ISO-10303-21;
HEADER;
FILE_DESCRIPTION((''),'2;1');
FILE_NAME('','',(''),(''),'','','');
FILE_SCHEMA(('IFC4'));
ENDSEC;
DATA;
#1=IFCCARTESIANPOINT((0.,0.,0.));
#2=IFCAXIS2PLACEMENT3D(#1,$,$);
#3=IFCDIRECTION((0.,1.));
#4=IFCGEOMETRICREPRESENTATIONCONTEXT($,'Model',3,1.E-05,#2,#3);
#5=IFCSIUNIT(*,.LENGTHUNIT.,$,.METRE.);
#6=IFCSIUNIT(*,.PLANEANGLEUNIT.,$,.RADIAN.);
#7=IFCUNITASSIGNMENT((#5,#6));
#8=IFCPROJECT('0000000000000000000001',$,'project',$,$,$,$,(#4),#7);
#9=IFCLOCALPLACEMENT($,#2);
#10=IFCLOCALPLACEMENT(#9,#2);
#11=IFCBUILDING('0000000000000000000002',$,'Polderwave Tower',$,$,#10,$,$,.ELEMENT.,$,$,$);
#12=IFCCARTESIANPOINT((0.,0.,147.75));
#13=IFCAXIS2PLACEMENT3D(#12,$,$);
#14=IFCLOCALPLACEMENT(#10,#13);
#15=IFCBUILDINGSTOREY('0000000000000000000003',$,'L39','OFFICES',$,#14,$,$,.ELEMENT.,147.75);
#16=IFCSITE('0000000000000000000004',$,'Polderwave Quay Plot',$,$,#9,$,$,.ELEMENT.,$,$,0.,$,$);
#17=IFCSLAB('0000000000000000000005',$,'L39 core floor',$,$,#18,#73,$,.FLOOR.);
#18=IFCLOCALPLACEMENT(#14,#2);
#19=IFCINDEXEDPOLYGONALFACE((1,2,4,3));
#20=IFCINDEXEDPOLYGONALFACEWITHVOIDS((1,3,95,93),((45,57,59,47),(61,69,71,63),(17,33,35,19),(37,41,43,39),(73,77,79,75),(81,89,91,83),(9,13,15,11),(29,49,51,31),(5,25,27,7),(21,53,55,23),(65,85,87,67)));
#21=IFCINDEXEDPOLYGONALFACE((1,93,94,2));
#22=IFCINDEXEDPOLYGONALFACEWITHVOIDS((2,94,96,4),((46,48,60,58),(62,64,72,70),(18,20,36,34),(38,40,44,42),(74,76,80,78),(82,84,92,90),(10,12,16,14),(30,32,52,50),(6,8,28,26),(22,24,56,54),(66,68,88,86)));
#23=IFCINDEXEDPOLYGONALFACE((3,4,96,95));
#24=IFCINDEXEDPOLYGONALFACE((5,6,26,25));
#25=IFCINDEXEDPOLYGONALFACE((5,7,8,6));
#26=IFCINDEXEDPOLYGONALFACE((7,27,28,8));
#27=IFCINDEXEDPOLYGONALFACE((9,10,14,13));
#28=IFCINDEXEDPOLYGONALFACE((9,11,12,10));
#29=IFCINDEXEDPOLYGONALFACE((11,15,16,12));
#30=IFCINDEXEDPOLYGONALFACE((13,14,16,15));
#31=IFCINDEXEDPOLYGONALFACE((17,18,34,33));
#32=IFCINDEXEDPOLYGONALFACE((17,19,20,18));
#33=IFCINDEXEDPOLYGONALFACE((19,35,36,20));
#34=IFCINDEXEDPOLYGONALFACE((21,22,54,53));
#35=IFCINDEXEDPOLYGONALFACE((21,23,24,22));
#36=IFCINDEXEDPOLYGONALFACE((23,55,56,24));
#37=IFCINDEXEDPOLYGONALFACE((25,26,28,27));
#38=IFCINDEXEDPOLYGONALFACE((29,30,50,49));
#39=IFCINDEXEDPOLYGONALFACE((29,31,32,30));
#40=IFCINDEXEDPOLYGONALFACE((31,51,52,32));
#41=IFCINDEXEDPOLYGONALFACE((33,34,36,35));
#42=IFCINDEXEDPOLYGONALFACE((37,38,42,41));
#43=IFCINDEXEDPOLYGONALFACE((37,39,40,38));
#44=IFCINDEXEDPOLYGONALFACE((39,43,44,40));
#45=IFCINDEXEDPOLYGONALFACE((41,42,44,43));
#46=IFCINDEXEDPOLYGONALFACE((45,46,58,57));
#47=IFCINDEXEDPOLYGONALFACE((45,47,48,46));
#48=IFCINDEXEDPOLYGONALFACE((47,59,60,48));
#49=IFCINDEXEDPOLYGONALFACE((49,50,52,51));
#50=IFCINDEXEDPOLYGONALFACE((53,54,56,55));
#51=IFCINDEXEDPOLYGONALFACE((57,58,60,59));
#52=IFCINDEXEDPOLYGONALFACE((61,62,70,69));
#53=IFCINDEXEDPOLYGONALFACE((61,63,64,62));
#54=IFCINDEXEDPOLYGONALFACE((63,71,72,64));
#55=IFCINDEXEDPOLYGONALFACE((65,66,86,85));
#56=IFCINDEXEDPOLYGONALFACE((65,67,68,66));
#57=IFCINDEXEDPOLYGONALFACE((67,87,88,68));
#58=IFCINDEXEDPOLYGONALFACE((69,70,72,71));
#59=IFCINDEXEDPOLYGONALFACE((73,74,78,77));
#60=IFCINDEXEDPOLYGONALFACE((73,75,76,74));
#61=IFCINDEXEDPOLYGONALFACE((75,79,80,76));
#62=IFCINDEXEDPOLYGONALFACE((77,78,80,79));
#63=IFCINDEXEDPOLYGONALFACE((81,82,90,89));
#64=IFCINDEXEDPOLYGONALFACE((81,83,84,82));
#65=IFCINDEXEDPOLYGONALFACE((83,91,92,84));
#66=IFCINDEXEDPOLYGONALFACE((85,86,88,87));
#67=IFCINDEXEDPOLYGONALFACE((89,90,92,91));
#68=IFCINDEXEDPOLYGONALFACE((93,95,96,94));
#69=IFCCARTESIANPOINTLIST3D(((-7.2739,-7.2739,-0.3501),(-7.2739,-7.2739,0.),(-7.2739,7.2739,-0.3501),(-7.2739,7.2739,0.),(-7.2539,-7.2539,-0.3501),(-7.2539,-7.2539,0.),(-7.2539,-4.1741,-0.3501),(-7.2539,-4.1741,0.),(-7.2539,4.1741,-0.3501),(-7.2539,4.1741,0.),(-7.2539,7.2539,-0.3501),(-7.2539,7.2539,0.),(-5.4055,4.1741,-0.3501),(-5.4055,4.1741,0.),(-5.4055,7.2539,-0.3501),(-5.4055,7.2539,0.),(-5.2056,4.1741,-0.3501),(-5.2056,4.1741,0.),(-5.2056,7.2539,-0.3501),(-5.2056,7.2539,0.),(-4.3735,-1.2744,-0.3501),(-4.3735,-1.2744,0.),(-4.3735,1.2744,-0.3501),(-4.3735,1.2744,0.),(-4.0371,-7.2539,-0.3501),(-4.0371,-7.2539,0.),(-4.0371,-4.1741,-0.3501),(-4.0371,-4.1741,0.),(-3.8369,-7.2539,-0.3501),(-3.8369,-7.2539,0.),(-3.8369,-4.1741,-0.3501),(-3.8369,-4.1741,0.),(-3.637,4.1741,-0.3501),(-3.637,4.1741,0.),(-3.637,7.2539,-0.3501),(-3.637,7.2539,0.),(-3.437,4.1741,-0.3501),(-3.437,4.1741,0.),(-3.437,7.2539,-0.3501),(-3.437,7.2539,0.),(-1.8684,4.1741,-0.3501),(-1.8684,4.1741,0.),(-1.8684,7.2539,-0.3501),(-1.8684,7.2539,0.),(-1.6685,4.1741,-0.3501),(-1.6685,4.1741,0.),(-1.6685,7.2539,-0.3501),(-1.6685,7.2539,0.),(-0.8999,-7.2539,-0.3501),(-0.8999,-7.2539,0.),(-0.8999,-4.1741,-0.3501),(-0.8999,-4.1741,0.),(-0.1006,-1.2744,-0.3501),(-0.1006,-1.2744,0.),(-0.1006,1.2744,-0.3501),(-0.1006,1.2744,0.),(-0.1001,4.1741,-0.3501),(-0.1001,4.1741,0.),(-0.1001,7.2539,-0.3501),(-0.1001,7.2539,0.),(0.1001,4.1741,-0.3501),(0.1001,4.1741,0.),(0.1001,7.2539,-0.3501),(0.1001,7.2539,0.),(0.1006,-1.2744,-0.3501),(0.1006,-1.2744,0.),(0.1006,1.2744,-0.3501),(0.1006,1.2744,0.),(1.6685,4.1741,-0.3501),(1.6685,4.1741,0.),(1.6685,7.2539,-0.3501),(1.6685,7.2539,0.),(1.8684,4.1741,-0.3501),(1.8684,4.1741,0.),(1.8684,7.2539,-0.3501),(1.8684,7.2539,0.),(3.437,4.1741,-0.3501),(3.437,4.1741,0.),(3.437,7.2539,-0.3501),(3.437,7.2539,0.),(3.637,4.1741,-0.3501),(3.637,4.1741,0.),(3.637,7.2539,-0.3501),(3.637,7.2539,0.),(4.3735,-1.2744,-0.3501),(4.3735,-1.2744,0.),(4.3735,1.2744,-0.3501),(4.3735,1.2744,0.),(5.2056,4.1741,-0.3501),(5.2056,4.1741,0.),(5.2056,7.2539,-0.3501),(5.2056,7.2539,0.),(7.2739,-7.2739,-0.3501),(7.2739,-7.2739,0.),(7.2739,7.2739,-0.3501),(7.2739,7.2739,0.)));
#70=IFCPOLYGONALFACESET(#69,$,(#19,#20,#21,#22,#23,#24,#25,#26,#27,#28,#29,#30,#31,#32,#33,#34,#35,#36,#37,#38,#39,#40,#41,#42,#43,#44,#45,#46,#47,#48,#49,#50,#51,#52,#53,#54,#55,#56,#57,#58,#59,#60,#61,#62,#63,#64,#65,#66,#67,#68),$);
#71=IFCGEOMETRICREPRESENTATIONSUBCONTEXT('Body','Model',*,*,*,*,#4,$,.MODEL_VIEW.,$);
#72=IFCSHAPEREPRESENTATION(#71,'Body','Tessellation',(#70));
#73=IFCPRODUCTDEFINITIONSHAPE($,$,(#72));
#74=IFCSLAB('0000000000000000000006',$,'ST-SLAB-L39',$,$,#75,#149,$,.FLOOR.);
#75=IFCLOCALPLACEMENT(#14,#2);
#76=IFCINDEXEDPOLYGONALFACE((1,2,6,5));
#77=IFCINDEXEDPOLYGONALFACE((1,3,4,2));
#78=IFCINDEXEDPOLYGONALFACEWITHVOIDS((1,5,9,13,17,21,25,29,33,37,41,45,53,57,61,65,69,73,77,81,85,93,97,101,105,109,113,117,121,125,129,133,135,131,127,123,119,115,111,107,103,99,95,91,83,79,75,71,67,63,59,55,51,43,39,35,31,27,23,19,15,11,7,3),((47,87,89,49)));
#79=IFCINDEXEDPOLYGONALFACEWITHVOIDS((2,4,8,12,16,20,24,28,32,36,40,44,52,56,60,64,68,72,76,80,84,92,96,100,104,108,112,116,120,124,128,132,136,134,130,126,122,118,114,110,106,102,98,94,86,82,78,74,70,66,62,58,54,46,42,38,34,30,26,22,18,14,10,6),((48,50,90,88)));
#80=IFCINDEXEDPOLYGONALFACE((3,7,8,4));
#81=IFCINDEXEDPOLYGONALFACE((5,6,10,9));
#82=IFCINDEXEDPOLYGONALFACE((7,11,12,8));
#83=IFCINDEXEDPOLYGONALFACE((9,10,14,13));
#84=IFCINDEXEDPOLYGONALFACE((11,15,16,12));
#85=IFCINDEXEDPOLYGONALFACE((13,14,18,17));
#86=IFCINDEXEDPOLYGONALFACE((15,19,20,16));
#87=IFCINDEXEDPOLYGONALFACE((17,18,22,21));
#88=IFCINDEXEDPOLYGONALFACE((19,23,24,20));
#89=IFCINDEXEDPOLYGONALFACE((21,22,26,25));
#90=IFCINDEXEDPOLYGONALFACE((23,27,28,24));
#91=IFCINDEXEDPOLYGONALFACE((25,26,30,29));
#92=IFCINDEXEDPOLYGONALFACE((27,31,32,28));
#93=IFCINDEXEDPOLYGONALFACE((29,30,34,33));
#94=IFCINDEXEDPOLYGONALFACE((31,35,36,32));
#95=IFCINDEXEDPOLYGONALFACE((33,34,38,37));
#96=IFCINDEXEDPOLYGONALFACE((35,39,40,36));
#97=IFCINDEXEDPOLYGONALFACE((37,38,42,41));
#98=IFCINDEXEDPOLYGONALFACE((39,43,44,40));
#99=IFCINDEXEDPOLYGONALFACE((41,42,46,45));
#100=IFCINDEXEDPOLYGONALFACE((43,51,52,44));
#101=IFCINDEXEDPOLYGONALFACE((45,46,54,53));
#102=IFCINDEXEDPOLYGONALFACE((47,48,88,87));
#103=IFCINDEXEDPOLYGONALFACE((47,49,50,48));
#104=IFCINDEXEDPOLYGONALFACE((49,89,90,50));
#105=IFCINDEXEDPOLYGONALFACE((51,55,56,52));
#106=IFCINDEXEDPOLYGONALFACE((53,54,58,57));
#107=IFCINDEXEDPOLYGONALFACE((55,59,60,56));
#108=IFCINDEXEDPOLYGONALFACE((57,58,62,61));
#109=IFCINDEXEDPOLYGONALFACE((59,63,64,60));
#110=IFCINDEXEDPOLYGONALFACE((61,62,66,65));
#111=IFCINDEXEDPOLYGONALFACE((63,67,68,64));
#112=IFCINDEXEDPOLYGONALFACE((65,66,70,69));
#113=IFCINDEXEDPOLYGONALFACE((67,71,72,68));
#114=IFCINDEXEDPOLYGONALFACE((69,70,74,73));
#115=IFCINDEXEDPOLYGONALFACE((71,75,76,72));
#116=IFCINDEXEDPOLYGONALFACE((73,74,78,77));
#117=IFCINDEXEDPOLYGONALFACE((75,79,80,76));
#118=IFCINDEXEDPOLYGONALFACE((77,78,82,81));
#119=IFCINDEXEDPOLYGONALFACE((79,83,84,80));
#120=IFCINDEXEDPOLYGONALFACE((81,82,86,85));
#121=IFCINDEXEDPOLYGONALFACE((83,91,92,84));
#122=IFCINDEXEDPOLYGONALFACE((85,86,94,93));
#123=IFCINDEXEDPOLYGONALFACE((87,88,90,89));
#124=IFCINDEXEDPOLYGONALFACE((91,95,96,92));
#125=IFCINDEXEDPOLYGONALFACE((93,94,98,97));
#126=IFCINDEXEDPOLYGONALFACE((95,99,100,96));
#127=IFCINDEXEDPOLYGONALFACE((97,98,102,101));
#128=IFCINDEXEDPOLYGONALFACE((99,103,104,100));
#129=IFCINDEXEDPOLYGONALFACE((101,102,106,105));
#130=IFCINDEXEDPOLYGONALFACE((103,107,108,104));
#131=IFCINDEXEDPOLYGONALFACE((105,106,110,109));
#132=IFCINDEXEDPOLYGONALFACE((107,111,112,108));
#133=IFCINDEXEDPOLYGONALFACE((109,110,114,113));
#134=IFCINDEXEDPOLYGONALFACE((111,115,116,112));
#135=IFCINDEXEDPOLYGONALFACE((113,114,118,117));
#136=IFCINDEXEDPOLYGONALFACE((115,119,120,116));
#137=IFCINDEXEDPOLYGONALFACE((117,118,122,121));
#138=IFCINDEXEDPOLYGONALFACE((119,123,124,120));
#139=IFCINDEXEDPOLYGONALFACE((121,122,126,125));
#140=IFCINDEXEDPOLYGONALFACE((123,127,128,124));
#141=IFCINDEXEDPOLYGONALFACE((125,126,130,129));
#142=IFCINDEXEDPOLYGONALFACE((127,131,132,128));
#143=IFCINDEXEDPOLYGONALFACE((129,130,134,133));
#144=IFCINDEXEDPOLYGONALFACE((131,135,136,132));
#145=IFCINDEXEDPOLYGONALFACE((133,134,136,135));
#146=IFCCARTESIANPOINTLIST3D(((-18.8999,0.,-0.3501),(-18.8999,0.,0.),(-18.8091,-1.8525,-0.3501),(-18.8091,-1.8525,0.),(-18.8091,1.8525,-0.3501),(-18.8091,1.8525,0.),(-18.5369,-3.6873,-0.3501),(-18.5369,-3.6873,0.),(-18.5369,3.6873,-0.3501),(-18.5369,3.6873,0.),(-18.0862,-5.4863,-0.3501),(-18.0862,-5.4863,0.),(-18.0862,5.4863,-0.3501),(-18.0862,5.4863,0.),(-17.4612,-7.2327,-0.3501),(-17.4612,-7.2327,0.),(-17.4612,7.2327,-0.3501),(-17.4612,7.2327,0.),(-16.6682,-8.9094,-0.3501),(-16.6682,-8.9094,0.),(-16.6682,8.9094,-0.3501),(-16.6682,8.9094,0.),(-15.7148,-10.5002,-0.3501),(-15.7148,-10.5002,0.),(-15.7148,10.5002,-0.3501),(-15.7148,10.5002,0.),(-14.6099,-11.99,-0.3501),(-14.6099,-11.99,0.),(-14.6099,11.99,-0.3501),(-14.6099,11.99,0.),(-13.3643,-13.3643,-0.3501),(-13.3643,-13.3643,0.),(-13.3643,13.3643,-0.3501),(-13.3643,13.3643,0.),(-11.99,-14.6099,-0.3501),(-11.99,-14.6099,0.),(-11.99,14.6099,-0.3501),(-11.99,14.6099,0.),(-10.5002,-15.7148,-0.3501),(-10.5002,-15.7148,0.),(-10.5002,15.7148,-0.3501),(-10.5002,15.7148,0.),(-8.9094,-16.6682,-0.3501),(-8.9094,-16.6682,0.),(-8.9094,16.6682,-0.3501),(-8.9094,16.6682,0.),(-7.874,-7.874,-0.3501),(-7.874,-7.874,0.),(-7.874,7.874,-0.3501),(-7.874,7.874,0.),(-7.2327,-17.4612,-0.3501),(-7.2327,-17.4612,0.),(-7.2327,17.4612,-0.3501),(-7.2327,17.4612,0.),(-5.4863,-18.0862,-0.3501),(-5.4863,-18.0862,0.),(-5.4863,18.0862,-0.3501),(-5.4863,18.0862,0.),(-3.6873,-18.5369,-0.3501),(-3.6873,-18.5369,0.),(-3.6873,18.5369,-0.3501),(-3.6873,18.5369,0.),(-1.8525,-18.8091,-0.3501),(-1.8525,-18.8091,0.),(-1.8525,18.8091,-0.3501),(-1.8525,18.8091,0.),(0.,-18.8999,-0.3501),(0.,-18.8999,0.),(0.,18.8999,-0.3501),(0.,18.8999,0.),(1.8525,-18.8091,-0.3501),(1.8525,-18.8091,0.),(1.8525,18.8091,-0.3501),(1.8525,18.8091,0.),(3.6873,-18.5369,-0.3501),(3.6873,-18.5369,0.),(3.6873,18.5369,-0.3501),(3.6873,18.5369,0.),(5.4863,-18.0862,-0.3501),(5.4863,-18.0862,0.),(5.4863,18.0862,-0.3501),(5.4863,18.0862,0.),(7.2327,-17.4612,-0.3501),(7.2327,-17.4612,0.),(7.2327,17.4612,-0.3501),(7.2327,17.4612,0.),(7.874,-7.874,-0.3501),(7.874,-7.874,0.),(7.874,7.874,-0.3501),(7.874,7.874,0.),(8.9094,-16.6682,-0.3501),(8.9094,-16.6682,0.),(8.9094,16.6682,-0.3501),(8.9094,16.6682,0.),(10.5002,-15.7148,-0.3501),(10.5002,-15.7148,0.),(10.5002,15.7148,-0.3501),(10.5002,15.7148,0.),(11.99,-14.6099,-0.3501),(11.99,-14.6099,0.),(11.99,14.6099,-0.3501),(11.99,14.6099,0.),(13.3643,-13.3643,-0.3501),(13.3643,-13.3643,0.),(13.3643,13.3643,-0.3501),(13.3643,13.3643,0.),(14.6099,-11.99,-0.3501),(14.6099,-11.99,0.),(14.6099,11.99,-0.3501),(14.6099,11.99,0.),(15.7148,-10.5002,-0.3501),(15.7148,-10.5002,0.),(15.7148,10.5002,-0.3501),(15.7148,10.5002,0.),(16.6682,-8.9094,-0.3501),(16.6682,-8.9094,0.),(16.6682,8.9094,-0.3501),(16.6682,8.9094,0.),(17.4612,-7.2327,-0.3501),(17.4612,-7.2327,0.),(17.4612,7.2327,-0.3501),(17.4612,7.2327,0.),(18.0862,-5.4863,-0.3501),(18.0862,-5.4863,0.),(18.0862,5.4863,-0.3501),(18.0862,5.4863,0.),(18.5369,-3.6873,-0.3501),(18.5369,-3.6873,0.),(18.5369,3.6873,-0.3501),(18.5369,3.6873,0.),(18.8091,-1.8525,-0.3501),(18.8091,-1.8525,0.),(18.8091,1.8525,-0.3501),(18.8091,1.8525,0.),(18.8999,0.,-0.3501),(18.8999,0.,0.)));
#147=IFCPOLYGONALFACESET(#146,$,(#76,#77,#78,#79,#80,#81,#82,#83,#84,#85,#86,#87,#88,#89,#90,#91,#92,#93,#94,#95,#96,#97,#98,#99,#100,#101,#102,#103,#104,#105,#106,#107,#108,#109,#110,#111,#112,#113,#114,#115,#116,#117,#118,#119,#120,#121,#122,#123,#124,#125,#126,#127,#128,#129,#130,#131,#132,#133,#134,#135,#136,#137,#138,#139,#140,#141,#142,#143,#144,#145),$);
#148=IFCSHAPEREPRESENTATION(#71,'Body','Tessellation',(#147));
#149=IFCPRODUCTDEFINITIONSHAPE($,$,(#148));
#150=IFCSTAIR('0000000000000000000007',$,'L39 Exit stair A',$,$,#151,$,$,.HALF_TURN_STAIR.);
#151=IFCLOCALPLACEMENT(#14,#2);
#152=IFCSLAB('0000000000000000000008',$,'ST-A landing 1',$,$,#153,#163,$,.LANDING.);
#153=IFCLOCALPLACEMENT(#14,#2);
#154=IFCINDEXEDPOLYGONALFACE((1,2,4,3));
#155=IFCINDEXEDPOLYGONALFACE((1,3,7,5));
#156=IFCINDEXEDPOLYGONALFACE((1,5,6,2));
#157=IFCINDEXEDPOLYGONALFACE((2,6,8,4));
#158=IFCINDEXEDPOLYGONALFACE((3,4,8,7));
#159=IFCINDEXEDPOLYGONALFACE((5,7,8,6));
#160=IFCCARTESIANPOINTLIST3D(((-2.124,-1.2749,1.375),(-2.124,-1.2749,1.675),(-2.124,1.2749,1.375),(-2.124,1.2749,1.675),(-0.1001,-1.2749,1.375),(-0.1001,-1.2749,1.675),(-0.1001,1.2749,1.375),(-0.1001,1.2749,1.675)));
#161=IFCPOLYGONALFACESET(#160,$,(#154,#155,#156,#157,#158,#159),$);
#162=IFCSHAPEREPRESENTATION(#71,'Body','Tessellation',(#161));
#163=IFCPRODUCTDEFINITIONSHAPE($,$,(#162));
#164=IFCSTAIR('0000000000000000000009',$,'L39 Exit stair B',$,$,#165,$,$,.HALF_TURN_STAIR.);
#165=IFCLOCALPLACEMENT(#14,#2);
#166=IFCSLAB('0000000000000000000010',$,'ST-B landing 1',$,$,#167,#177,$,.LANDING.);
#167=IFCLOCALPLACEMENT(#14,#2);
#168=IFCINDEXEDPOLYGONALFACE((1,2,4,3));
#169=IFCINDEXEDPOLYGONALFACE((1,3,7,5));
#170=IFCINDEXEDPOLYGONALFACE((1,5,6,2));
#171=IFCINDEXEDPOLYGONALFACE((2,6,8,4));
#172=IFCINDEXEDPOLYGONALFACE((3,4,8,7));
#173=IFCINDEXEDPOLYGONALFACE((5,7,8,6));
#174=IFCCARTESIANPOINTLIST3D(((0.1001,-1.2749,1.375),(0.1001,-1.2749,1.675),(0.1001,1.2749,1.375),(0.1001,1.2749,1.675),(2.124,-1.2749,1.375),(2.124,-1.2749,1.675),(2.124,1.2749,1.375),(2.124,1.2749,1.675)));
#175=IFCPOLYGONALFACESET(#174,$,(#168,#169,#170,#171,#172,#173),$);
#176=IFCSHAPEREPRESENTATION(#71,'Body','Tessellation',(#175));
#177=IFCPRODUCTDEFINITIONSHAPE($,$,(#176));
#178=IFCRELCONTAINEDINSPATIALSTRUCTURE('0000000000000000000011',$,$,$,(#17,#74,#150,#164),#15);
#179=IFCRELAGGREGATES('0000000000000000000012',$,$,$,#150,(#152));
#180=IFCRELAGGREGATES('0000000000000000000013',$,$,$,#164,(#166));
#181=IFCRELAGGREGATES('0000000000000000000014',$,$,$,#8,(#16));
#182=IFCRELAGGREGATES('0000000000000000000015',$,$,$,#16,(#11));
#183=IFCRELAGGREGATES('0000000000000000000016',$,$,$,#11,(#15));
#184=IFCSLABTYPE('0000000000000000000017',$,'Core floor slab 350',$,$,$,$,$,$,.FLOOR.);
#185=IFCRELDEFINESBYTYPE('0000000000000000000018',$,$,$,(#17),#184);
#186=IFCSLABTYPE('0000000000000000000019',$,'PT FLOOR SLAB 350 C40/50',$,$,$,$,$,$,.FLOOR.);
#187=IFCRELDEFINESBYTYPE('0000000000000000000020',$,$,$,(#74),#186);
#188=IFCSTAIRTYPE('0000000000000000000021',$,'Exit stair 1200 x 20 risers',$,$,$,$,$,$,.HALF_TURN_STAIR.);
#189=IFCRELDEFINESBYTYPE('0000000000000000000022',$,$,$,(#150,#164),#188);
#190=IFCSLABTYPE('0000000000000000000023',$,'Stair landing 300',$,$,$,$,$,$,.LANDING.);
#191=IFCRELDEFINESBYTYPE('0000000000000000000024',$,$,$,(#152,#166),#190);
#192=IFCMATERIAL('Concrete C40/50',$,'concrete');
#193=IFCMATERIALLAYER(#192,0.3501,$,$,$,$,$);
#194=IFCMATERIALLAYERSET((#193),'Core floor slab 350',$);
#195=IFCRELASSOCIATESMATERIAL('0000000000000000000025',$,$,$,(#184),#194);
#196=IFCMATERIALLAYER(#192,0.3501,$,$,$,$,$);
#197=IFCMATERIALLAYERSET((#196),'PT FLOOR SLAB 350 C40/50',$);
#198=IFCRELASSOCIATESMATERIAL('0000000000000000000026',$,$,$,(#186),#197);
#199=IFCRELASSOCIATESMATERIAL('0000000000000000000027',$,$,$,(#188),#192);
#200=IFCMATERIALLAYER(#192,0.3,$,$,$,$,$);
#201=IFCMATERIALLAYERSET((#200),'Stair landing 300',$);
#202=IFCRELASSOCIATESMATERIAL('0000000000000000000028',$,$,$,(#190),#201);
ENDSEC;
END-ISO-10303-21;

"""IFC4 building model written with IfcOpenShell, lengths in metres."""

from ifc_helpers import new_model, si_unit, direction, frame, origin, place, context, subcontext, project, spatial, polyline, outline, extrude, material, layer, layer_set, type_object, element, aggregate, save


model = new_model("IFC4")

# Units and contexts
model_context = context("Model", 3, precision=1e-05, world=origin(), true_north=direction((0.0, 1.0)))
body_context = subcontext(model_context, "Body", "Model", "MODEL_VIEW")
ifc_project = project(units=[si_unit("LENGTHUNIT", "METRE"), si_unit("PLANEANGLEUNIT", "RADIAN")], contexts=[model_context])

# Site, building, storey
site_placement = place(None, origin())
site = spatial("IfcSite", under=ifc_project, at=site_placement, Name="Polderwave Quay Plot", CompositionType="ELEMENT", RefElevation=0.0)
building_placement = place(site_placement, origin())
building = spatial("IfcBuilding", under=site, at=building_placement, Name="Polderwave Tower", CompositionType="ELEMENT")
storey_placement = place(building_placement, frame((0.0, 0.0, 147.75)))
storey = spatial("IfcBuildingStorey", under=building, at=storey_placement, Name="L39", Description="OFFICES", CompositionType="ELEMENT", Elevation=147.75)

# Slabs
ifc_material_1 = material(Name="Concrete C40/50", Category="concrete")
ifc_layer_1 = layer(ifc_material_1, 0.3501)
ifc_layer_set_1 = layer_set([ifc_layer_1], Name="Core floor slab 350")
slab_type_1 = type_object("IfcSlabType", Name="Core floor slab 350", PredefinedType="FLOOR", material=ifc_layer_set_1)
slab_1_placement = place(storey_placement, frame((0.0, 0.0, -0.3501)))
element("IfcSlab", 1, at=slab_1_placement, inside=storey, type_object=slab_type_1, Name="L39 core floor", PredefinedType="FLOOR", context=body_context, shape_type="SweptSolid", body=[
    extrude(outline(polyline([(-7.2739, -7.2739), (7.2739, -7.2739), (7.2739, 7.2739), (-7.2739, 7.2739), (-7.2739, -7.2739)]), holes=[polyline([(-7.2539, -7.2539), (-4.0371, -7.2539), (-4.0371, -4.1741), (-7.2539, -4.1741), (-7.2539, -7.2539)]), polyline([(-3.8369, -7.2539), (-0.8999, -7.2539), (-0.8999, -4.1741), (-3.8369, -4.1741), (-3.8369, -7.2539)]), polyline([(-7.2539, 4.1741), (-5.4055, 4.1741), (-5.4055, 7.2539), (-7.2539, 7.2539), (-7.2539, 4.1741)]), polyline([(-5.2056, 4.1741), (-3.637, 4.1741), (-3.637, 7.2539), (-5.2056, 7.2539), (-5.2056, 4.1741)]), polyline([(-3.437, 4.1741), (-1.8684, 4.1741), (-1.8684, 7.2539), (-3.437, 7.2539), (-3.437, 4.1741)]), polyline([(-1.6685, 4.1741), (-0.1001, 4.1741), (-0.1001, 7.2539), (-1.6685, 7.2539), (-1.6685, 4.1741)]), polyline([(0.1001, 4.1741), (1.6685, 4.1741), (1.6685, 7.2539), (0.1001, 7.2539), (0.1001, 4.1741)]), polyline([(1.8684, 4.1741), (3.437, 4.1741), (3.437, 7.2539), (1.8684, 7.2539), (1.8684, 4.1741)]), polyline([(3.637, 4.1741), (5.2056, 4.1741), (5.2056, 7.2539), (3.637, 7.2539), (3.637, 4.1741)]), polyline([(-4.3735, -1.2744), (-0.1006, -1.2744), (-0.1006, 1.2744), (-4.3735, 1.2744), (-4.3735, -1.2744)]), polyline([(0.1006, -1.2744), (4.3735, -1.2744), (4.3735, 1.2744), (0.1006, 1.2744), (0.1006, -1.2744)])]), origin(), (0.0, 0.0, 1.0), 0.3501),
])
ifc_layer_2 = layer(ifc_material_1, 0.3501)
ifc_layer_set_2 = layer_set([ifc_layer_2], Name="PT FLOOR SLAB 350 C40/50")
slab_type_2 = type_object("IfcSlabType", Name="PT FLOOR SLAB 350 C40/50", PredefinedType="FLOOR", material=ifc_layer_set_2)
slab_2_placement = place(storey_placement, frame((0.0, 0.0, -0.3501)))
element("IfcSlab", 2, at=slab_2_placement, inside=storey, type_object=slab_type_2, Name="ST-SLAB-L39", PredefinedType="FLOOR", context=body_context, shape_type="SweptSolid", body=[
    extrude(outline(polyline([(18.8999, 0.0), (18.8091, 1.8525), (18.5369, 3.6873), (18.0862, 5.4863), (17.4612, 7.2327), (16.6682, 8.9094), (15.7148, 10.5002), (14.6099, 11.99), (13.3643, 13.3643), (11.99, 14.6099), (10.5002, 15.7148), (8.9094, 16.6682), (7.2327, 17.4612), (5.4863, 18.0862), (3.6873, 18.5369), (1.8525, 18.8091), (0.0, 18.8999), (-1.8525, 18.8091), (-3.6873, 18.5369), (-5.4863, 18.0862), (-7.2327, 17.4612), (-8.9094, 16.6682), (-10.5002, 15.7148), (-11.99, 14.6099), (-13.3643, 13.3643), (-14.6099, 11.99), (-15.7148, 10.5002), (-16.6682, 8.9094), (-17.4612, 7.2327), (-18.0862, 5.4863), (-18.5369, 3.6873), (-18.8091, 1.8525), (-18.8999, 0.0), (-18.8091, -1.8525), (-18.5369, -3.6873), (-18.0862, -5.4863), (-17.4612, -7.2327), (-16.6682, -8.9094), (-15.7148, -10.5002), (-14.6099, -11.99), (-13.3643, -13.3643), (-11.99, -14.6099), (-10.5002, -15.7148), (-8.9094, -16.6682), (-7.2327, -17.4612), (-5.4863, -18.0862), (-3.6873, -18.5369), (-1.8525, -18.8091), (0.0, -18.8999), (1.8525, -18.8091), (3.6873, -18.5369), (5.4863, -18.0862), (7.2327, -17.4612), (8.9094, -16.6682), (10.5002, -15.7148), (11.99, -14.6099), (13.3643, -13.3643), (14.6099, -11.99), (15.7148, -10.5002), (16.6682, -8.9094), (17.4612, -7.2327), (18.0862, -5.4863), (18.5369, -3.6873), (18.8091, -1.8525), (18.8999, 0.0)]), holes=[polyline([(-7.874, -7.874), (7.874, -7.874), (7.874, 7.874), (-7.874, 7.874), (-7.874, -7.874)])]), origin(), (0.0, 0.0, 1.0), 0.3501),
])

# Stairs, slabs
stair_type = type_object("IfcStairType", Name="Exit stair 1200 x 20 risers", PredefinedType="HALF_TURN_STAIR", material=ifc_material_1)
stair_1_placement = place(storey_placement, origin())
stair_1 = element("IfcStair", 3, at=stair_1_placement, inside=storey, type_object=stair_type, Name="L39 Exit stair A", PredefinedType="HALF_TURN_STAIR")
ifc_layer_3 = layer(ifc_material_1, 0.3)
ifc_layer_set_3 = layer_set([ifc_layer_3], Name="Stair landing 300")
slab_type_3 = type_object("IfcSlabType", Name="Stair landing 300", PredefinedType="LANDING", material=ifc_layer_set_3)
slab_3_placement = place(storey_placement, frame((0.0, 0.0, 1.375)))
slab_3 = element("IfcSlab", 4, at=slab_3_placement, type_object=slab_type_3, Name="ST-A landing 1", PredefinedType="LANDING", context=body_context, shape_type="SweptSolid", body=[
    extrude(outline(polyline([(-2.124, -1.2749), (-0.1001, -1.2749), (-0.1001, 1.2749), (-2.124, 1.2749), (-2.124, -1.2749)])), origin(), (0.0, 0.0, 1.0), 0.3),
])
aggregate(stair_1, [slab_3])
stair_2_placement = place(storey_placement, origin())
stair_2 = element("IfcStair", 5, at=stair_2_placement, inside=storey, type_object=stair_type, Name="L39 Exit stair B", PredefinedType="HALF_TURN_STAIR")
slab_4_placement = place(storey_placement, frame((0.0, 0.0, 1.375)))
slab_4 = element("IfcSlab", 6, at=slab_4_placement, type_object=slab_type_3, Name="ST-B landing 1", PredefinedType="LANDING", context=body_context, shape_type="SweptSolid", body=[
    extrude(outline(polyline([(2.124, 1.2749), (0.1001, 1.2749), (0.1001, -1.2749), (2.124, -1.2749), (2.124, 1.2749)])), origin(), (0.0, 0.0, 1.0), 0.3),
])

aggregate(stair_2, [slab_4])

save(model, "model.ifc")
